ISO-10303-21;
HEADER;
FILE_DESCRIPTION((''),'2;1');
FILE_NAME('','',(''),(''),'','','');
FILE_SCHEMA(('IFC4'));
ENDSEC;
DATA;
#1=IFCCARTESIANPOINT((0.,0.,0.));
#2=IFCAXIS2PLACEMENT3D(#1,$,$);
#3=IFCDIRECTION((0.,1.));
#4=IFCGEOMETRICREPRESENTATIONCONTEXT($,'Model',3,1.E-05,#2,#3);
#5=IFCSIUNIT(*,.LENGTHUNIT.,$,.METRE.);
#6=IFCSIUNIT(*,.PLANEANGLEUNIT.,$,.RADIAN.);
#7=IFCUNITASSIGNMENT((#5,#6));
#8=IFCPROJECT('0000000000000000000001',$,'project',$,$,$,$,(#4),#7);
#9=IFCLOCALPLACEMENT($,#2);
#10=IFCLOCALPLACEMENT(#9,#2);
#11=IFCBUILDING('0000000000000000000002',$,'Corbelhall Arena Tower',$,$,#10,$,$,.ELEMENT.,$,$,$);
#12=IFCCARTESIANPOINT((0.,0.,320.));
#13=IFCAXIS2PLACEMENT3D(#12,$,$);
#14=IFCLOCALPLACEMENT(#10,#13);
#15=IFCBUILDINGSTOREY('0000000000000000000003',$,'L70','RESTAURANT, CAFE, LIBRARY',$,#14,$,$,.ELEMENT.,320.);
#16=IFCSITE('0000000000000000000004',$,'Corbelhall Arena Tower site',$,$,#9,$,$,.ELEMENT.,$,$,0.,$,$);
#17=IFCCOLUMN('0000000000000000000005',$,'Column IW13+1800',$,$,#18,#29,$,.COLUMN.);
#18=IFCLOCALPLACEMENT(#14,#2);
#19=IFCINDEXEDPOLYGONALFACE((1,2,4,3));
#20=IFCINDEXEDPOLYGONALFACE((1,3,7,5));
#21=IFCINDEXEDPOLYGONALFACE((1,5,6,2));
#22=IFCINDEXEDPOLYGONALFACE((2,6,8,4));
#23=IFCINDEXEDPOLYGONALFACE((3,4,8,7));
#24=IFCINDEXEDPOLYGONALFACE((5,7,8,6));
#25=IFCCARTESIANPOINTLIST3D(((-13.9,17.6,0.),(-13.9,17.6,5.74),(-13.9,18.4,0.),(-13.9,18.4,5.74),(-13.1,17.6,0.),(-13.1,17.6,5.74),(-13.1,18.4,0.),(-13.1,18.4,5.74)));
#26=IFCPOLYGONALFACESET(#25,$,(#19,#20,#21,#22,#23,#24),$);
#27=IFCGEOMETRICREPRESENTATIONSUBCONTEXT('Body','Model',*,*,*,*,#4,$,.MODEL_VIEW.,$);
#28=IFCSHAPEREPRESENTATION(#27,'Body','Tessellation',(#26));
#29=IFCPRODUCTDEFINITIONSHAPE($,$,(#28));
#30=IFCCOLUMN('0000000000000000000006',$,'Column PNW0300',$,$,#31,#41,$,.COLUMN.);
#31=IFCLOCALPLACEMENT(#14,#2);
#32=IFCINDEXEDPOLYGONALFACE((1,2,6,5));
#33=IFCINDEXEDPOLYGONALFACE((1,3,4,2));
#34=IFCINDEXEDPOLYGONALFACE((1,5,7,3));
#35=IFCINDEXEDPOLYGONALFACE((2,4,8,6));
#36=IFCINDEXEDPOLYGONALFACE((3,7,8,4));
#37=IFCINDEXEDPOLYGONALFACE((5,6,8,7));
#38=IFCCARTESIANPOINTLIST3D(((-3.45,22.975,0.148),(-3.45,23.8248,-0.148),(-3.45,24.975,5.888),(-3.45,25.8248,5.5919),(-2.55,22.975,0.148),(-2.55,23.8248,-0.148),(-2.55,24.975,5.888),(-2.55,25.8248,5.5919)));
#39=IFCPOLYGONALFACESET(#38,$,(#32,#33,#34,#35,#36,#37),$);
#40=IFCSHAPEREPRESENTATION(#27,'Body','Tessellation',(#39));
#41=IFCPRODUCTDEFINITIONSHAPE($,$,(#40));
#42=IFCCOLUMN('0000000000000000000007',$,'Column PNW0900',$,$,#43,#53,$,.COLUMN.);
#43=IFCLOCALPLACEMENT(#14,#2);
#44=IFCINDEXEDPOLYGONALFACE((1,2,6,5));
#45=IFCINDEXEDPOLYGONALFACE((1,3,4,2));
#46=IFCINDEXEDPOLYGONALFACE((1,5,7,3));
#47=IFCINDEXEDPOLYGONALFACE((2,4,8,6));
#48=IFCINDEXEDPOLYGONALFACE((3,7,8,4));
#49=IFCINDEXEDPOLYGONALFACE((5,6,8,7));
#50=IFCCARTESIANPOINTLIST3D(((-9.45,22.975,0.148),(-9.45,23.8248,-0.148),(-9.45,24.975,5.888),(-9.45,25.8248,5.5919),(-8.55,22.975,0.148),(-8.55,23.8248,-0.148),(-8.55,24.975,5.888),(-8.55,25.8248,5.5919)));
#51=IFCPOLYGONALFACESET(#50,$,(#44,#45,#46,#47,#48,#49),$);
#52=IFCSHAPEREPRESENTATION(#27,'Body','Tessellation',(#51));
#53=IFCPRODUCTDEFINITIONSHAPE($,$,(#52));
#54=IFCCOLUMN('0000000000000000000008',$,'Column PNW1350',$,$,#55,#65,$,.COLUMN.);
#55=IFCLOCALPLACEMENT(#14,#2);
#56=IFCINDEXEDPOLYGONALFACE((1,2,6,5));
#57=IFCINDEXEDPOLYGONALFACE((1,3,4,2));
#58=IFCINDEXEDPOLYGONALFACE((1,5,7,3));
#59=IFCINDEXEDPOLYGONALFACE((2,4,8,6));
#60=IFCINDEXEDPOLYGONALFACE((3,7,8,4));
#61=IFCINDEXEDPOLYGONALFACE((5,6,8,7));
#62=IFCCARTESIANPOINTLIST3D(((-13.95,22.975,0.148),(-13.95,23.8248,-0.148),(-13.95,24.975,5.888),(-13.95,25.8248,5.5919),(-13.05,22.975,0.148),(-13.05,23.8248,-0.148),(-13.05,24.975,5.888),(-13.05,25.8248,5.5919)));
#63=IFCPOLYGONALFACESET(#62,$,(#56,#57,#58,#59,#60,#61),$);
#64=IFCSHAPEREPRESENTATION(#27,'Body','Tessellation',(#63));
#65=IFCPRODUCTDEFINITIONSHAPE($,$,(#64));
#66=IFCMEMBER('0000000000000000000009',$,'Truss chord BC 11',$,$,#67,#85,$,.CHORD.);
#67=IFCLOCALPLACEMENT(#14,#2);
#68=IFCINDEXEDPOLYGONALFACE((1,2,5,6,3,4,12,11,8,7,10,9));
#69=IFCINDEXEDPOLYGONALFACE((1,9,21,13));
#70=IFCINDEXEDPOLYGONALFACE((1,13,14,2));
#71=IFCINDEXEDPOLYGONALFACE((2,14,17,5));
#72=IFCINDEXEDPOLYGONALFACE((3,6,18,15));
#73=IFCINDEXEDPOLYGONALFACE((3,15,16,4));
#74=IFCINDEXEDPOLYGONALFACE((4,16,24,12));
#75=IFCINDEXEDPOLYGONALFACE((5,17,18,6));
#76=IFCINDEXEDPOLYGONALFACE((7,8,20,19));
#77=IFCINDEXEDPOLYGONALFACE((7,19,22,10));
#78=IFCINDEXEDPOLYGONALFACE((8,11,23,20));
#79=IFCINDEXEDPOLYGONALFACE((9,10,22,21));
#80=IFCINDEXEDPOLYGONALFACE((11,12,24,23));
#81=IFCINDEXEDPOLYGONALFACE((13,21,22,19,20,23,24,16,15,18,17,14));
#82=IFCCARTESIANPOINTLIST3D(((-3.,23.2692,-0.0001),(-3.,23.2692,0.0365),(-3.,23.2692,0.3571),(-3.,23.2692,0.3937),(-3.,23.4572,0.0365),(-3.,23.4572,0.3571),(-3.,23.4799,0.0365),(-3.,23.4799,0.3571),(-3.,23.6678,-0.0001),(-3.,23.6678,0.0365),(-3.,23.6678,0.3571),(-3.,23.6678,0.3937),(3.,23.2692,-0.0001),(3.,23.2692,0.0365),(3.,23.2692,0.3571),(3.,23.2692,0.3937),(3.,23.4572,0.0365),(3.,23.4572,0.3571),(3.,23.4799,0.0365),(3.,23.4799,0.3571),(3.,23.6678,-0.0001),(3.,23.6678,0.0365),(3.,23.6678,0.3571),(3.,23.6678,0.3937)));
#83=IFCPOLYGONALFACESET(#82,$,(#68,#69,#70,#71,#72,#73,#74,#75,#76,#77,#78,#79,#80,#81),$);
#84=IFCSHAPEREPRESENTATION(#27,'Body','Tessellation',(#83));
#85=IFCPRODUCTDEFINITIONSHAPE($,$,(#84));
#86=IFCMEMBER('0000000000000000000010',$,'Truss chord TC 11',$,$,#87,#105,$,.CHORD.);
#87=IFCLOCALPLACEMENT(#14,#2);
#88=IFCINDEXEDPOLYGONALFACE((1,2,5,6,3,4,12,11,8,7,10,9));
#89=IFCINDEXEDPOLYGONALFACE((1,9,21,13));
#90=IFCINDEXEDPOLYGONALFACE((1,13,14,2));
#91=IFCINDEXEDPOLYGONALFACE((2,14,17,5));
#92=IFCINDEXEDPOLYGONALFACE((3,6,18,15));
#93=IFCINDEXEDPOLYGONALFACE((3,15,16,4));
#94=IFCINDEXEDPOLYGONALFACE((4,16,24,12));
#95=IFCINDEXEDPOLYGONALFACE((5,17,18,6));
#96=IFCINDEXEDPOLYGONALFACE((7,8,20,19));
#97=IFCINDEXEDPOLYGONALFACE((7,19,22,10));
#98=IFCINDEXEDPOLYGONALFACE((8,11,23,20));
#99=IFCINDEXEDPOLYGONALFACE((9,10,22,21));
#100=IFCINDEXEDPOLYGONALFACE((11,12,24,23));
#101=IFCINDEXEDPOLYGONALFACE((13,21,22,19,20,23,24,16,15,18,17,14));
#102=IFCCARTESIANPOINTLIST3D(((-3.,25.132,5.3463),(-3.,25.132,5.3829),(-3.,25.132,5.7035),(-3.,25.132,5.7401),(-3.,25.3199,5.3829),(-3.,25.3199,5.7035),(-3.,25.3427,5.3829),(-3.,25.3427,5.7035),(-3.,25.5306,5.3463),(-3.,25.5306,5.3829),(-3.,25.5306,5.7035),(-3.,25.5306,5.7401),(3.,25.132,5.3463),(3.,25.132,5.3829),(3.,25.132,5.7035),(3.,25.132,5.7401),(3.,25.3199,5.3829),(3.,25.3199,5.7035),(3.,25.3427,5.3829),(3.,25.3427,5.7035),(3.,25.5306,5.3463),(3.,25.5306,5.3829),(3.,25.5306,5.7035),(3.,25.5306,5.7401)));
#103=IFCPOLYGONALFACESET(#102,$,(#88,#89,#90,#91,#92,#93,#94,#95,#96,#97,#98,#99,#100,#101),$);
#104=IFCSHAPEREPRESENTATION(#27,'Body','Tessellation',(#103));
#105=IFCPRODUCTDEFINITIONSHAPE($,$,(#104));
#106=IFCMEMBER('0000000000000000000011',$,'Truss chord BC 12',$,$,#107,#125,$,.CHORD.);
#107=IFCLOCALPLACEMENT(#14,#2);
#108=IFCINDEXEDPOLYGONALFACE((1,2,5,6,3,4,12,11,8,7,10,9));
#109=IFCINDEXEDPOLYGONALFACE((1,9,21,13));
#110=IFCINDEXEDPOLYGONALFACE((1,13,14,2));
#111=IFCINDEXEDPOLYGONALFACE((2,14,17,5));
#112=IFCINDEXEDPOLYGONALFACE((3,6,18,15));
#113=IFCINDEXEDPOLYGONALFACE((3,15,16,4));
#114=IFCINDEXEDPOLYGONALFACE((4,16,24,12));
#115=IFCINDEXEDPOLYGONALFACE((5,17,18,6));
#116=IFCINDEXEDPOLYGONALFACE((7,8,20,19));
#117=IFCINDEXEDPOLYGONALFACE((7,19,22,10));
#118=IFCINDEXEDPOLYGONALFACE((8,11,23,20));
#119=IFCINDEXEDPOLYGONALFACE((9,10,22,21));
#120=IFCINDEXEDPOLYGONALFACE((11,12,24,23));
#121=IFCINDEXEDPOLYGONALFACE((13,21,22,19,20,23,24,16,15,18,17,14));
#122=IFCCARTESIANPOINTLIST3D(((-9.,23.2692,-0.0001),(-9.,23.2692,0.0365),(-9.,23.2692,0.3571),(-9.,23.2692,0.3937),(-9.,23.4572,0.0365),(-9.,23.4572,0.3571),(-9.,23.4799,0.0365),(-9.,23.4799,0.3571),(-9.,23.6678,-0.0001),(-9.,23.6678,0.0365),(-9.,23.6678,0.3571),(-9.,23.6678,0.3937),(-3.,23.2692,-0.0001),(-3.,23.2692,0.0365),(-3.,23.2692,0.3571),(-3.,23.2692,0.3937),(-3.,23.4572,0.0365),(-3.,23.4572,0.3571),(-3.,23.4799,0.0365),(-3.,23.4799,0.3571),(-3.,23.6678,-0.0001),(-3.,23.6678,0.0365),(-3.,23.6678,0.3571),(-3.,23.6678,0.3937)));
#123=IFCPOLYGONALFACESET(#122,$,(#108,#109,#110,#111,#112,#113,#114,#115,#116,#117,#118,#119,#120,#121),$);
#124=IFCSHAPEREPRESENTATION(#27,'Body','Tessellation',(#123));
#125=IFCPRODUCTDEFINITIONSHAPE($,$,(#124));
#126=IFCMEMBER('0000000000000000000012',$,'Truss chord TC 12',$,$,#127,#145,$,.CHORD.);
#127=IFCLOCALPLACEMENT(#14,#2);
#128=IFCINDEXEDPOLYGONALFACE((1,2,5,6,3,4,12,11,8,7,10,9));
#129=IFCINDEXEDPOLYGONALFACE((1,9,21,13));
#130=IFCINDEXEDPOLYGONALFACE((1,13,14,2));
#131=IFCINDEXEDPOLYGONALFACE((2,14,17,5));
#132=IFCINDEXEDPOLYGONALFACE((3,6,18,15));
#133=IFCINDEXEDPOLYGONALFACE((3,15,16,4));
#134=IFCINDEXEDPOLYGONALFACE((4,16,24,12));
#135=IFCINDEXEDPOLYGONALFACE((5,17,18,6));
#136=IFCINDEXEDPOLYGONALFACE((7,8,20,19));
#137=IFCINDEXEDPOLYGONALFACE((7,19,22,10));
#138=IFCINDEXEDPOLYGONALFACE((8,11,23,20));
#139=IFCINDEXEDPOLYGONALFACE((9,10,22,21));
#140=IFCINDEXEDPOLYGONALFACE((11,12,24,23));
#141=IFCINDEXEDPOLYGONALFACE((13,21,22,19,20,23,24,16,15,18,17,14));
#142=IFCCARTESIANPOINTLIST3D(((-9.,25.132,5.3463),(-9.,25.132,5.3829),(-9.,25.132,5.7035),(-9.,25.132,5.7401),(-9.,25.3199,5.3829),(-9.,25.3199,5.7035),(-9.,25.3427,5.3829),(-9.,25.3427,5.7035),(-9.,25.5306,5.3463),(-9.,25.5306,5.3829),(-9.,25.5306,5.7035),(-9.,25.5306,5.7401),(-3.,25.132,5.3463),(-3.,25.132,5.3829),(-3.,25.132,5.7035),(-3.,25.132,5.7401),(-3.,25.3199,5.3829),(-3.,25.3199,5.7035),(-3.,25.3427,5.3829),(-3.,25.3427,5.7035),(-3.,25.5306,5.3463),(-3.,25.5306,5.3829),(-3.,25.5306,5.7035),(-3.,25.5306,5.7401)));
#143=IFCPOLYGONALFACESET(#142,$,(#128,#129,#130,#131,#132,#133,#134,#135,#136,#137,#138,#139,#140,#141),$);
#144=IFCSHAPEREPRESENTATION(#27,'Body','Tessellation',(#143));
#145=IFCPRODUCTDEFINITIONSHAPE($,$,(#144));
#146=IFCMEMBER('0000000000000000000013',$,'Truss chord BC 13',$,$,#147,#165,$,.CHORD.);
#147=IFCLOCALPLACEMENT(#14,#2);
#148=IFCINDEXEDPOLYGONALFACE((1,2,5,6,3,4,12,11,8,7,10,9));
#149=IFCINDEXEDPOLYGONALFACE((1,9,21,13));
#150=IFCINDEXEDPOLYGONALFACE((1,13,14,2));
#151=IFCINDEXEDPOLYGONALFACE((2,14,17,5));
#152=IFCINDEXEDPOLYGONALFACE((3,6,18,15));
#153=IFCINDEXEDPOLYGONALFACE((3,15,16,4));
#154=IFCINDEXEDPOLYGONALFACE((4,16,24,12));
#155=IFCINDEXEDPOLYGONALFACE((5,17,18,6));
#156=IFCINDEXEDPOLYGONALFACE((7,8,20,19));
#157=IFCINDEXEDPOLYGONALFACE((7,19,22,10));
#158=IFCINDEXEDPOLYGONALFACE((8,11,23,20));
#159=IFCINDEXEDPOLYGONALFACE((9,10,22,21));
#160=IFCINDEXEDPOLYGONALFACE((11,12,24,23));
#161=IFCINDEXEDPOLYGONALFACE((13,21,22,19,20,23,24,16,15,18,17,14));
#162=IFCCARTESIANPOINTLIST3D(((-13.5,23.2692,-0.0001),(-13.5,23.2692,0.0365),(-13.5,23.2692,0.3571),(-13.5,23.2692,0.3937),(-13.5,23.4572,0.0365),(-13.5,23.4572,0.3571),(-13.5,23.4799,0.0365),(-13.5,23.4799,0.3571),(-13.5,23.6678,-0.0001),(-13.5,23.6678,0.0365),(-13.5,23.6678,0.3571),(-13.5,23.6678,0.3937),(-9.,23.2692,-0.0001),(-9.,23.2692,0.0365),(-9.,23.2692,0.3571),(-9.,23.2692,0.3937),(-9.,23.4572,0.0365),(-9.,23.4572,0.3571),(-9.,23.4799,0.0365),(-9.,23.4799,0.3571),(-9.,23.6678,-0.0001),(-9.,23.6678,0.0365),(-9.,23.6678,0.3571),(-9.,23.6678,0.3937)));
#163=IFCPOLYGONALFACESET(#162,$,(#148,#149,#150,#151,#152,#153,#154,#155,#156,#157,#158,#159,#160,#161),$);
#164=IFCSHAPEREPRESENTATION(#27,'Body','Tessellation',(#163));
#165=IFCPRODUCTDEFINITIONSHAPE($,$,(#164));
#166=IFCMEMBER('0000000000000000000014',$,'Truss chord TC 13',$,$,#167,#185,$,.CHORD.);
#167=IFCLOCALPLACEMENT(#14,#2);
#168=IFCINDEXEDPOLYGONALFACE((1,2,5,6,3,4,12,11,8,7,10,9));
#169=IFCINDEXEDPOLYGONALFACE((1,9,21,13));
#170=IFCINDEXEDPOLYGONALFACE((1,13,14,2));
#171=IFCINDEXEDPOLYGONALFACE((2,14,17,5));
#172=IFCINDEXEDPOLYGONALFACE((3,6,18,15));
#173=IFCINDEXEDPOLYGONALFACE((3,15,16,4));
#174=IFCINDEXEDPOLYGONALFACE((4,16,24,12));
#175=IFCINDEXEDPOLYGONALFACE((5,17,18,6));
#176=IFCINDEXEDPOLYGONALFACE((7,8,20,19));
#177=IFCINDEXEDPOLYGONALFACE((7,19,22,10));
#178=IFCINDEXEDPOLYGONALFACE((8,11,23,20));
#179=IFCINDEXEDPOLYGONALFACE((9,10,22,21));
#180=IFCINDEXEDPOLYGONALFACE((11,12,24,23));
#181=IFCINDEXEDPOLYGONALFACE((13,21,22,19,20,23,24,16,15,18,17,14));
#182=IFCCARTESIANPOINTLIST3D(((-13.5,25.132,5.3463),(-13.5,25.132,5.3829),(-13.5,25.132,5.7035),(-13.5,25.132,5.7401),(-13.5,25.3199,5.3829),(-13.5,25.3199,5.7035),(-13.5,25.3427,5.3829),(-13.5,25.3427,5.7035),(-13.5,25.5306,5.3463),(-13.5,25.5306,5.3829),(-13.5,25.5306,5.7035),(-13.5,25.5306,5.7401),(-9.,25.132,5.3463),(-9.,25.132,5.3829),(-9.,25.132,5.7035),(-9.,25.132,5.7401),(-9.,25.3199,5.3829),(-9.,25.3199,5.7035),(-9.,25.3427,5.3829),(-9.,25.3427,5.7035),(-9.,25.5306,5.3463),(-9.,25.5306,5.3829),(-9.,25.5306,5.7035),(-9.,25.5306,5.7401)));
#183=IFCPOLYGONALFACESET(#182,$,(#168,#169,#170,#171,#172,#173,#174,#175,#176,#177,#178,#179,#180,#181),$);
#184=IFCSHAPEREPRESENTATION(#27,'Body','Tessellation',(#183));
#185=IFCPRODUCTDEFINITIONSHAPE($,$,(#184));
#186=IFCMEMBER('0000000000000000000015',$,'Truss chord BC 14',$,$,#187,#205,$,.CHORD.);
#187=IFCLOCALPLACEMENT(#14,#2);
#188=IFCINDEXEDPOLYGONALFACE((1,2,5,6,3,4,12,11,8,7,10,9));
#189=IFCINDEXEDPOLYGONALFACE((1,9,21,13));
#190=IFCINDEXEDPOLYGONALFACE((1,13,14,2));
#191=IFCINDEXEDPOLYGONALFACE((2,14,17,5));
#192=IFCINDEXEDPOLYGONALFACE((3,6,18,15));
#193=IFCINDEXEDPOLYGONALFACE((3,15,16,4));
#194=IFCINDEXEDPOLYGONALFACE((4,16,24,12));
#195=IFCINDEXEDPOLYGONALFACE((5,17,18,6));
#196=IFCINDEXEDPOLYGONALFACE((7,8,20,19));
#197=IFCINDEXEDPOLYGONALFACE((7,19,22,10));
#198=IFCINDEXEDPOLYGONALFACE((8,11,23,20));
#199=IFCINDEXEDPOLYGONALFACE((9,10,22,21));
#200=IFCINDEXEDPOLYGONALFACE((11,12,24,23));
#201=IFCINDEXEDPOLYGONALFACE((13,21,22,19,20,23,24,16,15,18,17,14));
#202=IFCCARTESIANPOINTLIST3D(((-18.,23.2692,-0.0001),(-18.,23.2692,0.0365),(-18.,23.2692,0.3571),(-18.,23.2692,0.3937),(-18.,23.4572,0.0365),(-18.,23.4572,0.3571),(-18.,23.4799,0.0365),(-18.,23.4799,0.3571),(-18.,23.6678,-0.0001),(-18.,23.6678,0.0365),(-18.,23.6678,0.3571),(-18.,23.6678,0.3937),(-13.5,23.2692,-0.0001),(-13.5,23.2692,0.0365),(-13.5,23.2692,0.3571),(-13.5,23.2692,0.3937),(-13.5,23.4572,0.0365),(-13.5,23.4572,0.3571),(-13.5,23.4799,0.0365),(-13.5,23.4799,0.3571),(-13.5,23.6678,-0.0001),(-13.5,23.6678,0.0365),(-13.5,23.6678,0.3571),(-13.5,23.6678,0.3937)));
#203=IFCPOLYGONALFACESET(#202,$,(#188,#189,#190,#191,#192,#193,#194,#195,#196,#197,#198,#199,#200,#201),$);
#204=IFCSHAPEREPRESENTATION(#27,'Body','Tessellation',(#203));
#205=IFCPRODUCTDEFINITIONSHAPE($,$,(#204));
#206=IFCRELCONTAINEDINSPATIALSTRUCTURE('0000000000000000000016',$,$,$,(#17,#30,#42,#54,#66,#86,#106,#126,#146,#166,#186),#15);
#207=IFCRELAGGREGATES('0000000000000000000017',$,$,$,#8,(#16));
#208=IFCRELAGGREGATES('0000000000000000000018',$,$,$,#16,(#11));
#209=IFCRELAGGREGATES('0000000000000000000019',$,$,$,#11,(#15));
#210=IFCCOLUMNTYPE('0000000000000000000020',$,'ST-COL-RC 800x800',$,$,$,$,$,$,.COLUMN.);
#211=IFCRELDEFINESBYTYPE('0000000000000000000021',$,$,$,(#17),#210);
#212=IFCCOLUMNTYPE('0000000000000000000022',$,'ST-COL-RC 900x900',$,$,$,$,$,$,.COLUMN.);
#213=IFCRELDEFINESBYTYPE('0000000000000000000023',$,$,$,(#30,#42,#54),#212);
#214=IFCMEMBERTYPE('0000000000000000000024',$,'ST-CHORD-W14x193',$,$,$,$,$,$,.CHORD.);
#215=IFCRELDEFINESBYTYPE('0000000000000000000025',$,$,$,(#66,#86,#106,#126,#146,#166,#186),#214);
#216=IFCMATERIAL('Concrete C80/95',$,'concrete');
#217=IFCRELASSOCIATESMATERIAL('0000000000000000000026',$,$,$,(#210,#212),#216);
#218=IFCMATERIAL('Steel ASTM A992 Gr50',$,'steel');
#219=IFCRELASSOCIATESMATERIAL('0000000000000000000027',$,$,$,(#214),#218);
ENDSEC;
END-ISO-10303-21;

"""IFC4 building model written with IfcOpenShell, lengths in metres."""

from ifc_helpers import new_model, si_unit, direction, frame, origin, origin_2d, place, context, subcontext, project, spatial, rectangle, i_section, extrude, material, material_profile, profile_set, type_object, element, save


model = new_model("IFC4")

# Units and contexts
model_context = context("Model", 3, precision=1e-05, world=origin(), true_north=direction((0.0, 1.0)))
body_context = subcontext(model_context, "Body", "Model", "MODEL_VIEW")
ifc_project = project(units=[si_unit("LENGTHUNIT", "METRE"), si_unit("PLANEANGLEUNIT", "RADIAN")], contexts=[model_context])

# Site, building, storey
site_placement = place(None, origin())
site = spatial("IfcSite", under=ifc_project, at=site_placement, Name="Corbelhall Arena Tower site", CompositionType="ELEMENT", RefElevation=0.0)
building_placement = place(site_placement, origin())
building = spatial("IfcBuilding", under=site, at=building_placement, Name="Corbelhall Arena Tower", CompositionType="ELEMENT")
storey_placement = place(building_placement, frame((0.0, 0.0, 320.0)))
storey = spatial("IfcBuildingStorey", under=building, at=storey_placement, Name="L70", Description="RESTAURANT, CAFE, LIBRARY", CompositionType="ELEMENT", Elevation=320.0)

# Columns
ifc_material_1 = material(Name="Concrete C80/95", Category="concrete")
ifc_material_profile_1 = material_profile(ifc_material_1, rectangle(XDim=0.8, YDim=0.8, at=origin_2d()))
ifc_profile_set_1 = profile_set([ifc_material_profile_1], Name="Concrete C80/95")
column_type_1 = type_object("IfcColumnType", Name="ST-COL-RC 800x800", PredefinedType="COLUMN", material=ifc_profile_set_1)
column_placement = place(storey_placement, frame((-13.5, 18.0, 0.0), z_axis=(0.0, 0.0, 1.0), x_axis=(1.0, 0.0, 0.0)))
element("IfcColumn", 1, at=column_placement, inside=storey, type_object=column_type_1, Name="Column IW13+1800", PredefinedType="COLUMN", context=body_context, shape_type="SweptSolid", body=[
    extrude(rectangle(XDim=0.8, YDim=0.8, at=origin_2d()), origin(), (0.0, 0.0, 1.0), 5.74),
])
ifc_material_profile_2 = material_profile(ifc_material_1, rectangle(XDim=0.8999, YDim=0.8999, at=origin_2d()))
ifc_profile_set_2 = profile_set([ifc_material_profile_2], Name="Concrete C80/95")
column_type_2 = type_object("IfcColumnType", Name="ST-COL-RC 900x900", PredefinedType="COLUMN", material=ifc_profile_set_2)
for number, where, z_axis, x_axis, name in (
    (2, (-3.0, 23.3999, 0.0), (0.0, 0.329032, 0.944319), (-1.0, 0.0, 0.0), "Column PNW0300"),
    (3, (-9.0, 23.3999, 0.0), (0.0, 0.329032, 0.944319), (-1.0, 0.0, 0.0), "Column PNW0900"),
    (4, (-13.5, 23.3999, 0.0), (0.0, 0.329032, 0.944319), (-1.0, 0.0, 0.0), "Column PNW1350"),
):
    element("IfcColumn", number, at=place(storey_placement, frame(where, z_axis=z_axis, x_axis=x_axis)), inside=storey, type_object=column_type_2, Name=name, PredefinedType="COLUMN", context=body_context, shape_type="SweptSolid", body=[
        extrude(rectangle(XDim=0.8999, YDim=0.8999, at=origin_2d()), origin(), (0.0, 0.0, 1.0), 6.0784),
    ])

# Members
ifc_material_2 = material(Name="Steel ASTM A992 Gr50", Category="steel")
ifc_material_profile_3 = material_profile(ifc_material_2, i_section(OverallWidth=0.3987, OverallDepth=0.3938, WebThickness=0.0227, FlangeThickness=0.0366, at=origin_2d()))
ifc_profile_set_3 = profile_set([ifc_material_profile_3], Name="Steel ASTM A992 Gr50")
member_type_1 = type_object("IfcMemberType", Name="ST-CHORD-W14x193", PredefinedType="CHORD", material=ifc_profile_set_3)
for number, where, z_axis, x_axis, name in (
    (5, (-3.0, 23.4685, 0.1968), (1.0, 0.0, 0.0), (0.0, 1.0, 0.0), "Truss chord BC 11"),
    (6, (-3.0, 25.3313, 5.5432), (1.0, 0.0, 0.0), (0.0, 1.0, 0.0), "Truss chord TC 11"),
    (7, (-9.0, 23.4685, 0.1968), (1.0, 0.0, 0.0), (0.0, 1.0, 0.0), "Truss chord BC 12"),
    (8, (-9.0, 25.3313, 5.5432), (1.0, 0.0, 0.0), (0.0, 1.0, 0.0), "Truss chord TC 12"),
):
    element("IfcMember", number, at=place(storey_placement, frame(where, z_axis=z_axis, x_axis=x_axis)), inside=storey, type_object=member_type_1, Name=name, PredefinedType="CHORD", context=body_context, shape_type="SweptSolid", body=[
        extrude(i_section(OverallWidth=0.3987, OverallDepth=0.3938, WebThickness=0.0227, FlangeThickness=0.0366, at=origin_2d()), origin(), (0.0, 0.0, 1.0), 6.0),
    ])
for number, where, z_axis, x_axis, name in (
    (9, (-13.5, 23.4685, 0.1968), (1.0, 0.0, 0.0), (0.0, 1.0, 0.0), "Truss chord BC 13"),
    (10, (-13.5, 25.3313, 5.5432), (1.0, 0.0, 0.0), (0.0, 1.0, 0.0), "Truss chord TC 13"),
    (11, (-18.0, 23.4685, 0.1968), (1.0, 0.0, 0.0), (0.0, 1.0, 0.0), "Truss chord BC 14"),
):
    element("IfcMember", number, at=place(storey_placement, frame(where, z_axis=z_axis, x_axis=x_axis)), inside=storey, type_object=member_type_1, Name=name, PredefinedType="CHORD", context=body_context, shape_type="SweptSolid", body=[
        extrude(i_section(OverallWidth=0.3987, OverallDepth=0.3938, WebThickness=0.0227, FlangeThickness=0.0366, at=origin_2d()), origin(), (0.0, 0.0, 1.0), 4.5),
    ])

save(model, "model.ifc")
